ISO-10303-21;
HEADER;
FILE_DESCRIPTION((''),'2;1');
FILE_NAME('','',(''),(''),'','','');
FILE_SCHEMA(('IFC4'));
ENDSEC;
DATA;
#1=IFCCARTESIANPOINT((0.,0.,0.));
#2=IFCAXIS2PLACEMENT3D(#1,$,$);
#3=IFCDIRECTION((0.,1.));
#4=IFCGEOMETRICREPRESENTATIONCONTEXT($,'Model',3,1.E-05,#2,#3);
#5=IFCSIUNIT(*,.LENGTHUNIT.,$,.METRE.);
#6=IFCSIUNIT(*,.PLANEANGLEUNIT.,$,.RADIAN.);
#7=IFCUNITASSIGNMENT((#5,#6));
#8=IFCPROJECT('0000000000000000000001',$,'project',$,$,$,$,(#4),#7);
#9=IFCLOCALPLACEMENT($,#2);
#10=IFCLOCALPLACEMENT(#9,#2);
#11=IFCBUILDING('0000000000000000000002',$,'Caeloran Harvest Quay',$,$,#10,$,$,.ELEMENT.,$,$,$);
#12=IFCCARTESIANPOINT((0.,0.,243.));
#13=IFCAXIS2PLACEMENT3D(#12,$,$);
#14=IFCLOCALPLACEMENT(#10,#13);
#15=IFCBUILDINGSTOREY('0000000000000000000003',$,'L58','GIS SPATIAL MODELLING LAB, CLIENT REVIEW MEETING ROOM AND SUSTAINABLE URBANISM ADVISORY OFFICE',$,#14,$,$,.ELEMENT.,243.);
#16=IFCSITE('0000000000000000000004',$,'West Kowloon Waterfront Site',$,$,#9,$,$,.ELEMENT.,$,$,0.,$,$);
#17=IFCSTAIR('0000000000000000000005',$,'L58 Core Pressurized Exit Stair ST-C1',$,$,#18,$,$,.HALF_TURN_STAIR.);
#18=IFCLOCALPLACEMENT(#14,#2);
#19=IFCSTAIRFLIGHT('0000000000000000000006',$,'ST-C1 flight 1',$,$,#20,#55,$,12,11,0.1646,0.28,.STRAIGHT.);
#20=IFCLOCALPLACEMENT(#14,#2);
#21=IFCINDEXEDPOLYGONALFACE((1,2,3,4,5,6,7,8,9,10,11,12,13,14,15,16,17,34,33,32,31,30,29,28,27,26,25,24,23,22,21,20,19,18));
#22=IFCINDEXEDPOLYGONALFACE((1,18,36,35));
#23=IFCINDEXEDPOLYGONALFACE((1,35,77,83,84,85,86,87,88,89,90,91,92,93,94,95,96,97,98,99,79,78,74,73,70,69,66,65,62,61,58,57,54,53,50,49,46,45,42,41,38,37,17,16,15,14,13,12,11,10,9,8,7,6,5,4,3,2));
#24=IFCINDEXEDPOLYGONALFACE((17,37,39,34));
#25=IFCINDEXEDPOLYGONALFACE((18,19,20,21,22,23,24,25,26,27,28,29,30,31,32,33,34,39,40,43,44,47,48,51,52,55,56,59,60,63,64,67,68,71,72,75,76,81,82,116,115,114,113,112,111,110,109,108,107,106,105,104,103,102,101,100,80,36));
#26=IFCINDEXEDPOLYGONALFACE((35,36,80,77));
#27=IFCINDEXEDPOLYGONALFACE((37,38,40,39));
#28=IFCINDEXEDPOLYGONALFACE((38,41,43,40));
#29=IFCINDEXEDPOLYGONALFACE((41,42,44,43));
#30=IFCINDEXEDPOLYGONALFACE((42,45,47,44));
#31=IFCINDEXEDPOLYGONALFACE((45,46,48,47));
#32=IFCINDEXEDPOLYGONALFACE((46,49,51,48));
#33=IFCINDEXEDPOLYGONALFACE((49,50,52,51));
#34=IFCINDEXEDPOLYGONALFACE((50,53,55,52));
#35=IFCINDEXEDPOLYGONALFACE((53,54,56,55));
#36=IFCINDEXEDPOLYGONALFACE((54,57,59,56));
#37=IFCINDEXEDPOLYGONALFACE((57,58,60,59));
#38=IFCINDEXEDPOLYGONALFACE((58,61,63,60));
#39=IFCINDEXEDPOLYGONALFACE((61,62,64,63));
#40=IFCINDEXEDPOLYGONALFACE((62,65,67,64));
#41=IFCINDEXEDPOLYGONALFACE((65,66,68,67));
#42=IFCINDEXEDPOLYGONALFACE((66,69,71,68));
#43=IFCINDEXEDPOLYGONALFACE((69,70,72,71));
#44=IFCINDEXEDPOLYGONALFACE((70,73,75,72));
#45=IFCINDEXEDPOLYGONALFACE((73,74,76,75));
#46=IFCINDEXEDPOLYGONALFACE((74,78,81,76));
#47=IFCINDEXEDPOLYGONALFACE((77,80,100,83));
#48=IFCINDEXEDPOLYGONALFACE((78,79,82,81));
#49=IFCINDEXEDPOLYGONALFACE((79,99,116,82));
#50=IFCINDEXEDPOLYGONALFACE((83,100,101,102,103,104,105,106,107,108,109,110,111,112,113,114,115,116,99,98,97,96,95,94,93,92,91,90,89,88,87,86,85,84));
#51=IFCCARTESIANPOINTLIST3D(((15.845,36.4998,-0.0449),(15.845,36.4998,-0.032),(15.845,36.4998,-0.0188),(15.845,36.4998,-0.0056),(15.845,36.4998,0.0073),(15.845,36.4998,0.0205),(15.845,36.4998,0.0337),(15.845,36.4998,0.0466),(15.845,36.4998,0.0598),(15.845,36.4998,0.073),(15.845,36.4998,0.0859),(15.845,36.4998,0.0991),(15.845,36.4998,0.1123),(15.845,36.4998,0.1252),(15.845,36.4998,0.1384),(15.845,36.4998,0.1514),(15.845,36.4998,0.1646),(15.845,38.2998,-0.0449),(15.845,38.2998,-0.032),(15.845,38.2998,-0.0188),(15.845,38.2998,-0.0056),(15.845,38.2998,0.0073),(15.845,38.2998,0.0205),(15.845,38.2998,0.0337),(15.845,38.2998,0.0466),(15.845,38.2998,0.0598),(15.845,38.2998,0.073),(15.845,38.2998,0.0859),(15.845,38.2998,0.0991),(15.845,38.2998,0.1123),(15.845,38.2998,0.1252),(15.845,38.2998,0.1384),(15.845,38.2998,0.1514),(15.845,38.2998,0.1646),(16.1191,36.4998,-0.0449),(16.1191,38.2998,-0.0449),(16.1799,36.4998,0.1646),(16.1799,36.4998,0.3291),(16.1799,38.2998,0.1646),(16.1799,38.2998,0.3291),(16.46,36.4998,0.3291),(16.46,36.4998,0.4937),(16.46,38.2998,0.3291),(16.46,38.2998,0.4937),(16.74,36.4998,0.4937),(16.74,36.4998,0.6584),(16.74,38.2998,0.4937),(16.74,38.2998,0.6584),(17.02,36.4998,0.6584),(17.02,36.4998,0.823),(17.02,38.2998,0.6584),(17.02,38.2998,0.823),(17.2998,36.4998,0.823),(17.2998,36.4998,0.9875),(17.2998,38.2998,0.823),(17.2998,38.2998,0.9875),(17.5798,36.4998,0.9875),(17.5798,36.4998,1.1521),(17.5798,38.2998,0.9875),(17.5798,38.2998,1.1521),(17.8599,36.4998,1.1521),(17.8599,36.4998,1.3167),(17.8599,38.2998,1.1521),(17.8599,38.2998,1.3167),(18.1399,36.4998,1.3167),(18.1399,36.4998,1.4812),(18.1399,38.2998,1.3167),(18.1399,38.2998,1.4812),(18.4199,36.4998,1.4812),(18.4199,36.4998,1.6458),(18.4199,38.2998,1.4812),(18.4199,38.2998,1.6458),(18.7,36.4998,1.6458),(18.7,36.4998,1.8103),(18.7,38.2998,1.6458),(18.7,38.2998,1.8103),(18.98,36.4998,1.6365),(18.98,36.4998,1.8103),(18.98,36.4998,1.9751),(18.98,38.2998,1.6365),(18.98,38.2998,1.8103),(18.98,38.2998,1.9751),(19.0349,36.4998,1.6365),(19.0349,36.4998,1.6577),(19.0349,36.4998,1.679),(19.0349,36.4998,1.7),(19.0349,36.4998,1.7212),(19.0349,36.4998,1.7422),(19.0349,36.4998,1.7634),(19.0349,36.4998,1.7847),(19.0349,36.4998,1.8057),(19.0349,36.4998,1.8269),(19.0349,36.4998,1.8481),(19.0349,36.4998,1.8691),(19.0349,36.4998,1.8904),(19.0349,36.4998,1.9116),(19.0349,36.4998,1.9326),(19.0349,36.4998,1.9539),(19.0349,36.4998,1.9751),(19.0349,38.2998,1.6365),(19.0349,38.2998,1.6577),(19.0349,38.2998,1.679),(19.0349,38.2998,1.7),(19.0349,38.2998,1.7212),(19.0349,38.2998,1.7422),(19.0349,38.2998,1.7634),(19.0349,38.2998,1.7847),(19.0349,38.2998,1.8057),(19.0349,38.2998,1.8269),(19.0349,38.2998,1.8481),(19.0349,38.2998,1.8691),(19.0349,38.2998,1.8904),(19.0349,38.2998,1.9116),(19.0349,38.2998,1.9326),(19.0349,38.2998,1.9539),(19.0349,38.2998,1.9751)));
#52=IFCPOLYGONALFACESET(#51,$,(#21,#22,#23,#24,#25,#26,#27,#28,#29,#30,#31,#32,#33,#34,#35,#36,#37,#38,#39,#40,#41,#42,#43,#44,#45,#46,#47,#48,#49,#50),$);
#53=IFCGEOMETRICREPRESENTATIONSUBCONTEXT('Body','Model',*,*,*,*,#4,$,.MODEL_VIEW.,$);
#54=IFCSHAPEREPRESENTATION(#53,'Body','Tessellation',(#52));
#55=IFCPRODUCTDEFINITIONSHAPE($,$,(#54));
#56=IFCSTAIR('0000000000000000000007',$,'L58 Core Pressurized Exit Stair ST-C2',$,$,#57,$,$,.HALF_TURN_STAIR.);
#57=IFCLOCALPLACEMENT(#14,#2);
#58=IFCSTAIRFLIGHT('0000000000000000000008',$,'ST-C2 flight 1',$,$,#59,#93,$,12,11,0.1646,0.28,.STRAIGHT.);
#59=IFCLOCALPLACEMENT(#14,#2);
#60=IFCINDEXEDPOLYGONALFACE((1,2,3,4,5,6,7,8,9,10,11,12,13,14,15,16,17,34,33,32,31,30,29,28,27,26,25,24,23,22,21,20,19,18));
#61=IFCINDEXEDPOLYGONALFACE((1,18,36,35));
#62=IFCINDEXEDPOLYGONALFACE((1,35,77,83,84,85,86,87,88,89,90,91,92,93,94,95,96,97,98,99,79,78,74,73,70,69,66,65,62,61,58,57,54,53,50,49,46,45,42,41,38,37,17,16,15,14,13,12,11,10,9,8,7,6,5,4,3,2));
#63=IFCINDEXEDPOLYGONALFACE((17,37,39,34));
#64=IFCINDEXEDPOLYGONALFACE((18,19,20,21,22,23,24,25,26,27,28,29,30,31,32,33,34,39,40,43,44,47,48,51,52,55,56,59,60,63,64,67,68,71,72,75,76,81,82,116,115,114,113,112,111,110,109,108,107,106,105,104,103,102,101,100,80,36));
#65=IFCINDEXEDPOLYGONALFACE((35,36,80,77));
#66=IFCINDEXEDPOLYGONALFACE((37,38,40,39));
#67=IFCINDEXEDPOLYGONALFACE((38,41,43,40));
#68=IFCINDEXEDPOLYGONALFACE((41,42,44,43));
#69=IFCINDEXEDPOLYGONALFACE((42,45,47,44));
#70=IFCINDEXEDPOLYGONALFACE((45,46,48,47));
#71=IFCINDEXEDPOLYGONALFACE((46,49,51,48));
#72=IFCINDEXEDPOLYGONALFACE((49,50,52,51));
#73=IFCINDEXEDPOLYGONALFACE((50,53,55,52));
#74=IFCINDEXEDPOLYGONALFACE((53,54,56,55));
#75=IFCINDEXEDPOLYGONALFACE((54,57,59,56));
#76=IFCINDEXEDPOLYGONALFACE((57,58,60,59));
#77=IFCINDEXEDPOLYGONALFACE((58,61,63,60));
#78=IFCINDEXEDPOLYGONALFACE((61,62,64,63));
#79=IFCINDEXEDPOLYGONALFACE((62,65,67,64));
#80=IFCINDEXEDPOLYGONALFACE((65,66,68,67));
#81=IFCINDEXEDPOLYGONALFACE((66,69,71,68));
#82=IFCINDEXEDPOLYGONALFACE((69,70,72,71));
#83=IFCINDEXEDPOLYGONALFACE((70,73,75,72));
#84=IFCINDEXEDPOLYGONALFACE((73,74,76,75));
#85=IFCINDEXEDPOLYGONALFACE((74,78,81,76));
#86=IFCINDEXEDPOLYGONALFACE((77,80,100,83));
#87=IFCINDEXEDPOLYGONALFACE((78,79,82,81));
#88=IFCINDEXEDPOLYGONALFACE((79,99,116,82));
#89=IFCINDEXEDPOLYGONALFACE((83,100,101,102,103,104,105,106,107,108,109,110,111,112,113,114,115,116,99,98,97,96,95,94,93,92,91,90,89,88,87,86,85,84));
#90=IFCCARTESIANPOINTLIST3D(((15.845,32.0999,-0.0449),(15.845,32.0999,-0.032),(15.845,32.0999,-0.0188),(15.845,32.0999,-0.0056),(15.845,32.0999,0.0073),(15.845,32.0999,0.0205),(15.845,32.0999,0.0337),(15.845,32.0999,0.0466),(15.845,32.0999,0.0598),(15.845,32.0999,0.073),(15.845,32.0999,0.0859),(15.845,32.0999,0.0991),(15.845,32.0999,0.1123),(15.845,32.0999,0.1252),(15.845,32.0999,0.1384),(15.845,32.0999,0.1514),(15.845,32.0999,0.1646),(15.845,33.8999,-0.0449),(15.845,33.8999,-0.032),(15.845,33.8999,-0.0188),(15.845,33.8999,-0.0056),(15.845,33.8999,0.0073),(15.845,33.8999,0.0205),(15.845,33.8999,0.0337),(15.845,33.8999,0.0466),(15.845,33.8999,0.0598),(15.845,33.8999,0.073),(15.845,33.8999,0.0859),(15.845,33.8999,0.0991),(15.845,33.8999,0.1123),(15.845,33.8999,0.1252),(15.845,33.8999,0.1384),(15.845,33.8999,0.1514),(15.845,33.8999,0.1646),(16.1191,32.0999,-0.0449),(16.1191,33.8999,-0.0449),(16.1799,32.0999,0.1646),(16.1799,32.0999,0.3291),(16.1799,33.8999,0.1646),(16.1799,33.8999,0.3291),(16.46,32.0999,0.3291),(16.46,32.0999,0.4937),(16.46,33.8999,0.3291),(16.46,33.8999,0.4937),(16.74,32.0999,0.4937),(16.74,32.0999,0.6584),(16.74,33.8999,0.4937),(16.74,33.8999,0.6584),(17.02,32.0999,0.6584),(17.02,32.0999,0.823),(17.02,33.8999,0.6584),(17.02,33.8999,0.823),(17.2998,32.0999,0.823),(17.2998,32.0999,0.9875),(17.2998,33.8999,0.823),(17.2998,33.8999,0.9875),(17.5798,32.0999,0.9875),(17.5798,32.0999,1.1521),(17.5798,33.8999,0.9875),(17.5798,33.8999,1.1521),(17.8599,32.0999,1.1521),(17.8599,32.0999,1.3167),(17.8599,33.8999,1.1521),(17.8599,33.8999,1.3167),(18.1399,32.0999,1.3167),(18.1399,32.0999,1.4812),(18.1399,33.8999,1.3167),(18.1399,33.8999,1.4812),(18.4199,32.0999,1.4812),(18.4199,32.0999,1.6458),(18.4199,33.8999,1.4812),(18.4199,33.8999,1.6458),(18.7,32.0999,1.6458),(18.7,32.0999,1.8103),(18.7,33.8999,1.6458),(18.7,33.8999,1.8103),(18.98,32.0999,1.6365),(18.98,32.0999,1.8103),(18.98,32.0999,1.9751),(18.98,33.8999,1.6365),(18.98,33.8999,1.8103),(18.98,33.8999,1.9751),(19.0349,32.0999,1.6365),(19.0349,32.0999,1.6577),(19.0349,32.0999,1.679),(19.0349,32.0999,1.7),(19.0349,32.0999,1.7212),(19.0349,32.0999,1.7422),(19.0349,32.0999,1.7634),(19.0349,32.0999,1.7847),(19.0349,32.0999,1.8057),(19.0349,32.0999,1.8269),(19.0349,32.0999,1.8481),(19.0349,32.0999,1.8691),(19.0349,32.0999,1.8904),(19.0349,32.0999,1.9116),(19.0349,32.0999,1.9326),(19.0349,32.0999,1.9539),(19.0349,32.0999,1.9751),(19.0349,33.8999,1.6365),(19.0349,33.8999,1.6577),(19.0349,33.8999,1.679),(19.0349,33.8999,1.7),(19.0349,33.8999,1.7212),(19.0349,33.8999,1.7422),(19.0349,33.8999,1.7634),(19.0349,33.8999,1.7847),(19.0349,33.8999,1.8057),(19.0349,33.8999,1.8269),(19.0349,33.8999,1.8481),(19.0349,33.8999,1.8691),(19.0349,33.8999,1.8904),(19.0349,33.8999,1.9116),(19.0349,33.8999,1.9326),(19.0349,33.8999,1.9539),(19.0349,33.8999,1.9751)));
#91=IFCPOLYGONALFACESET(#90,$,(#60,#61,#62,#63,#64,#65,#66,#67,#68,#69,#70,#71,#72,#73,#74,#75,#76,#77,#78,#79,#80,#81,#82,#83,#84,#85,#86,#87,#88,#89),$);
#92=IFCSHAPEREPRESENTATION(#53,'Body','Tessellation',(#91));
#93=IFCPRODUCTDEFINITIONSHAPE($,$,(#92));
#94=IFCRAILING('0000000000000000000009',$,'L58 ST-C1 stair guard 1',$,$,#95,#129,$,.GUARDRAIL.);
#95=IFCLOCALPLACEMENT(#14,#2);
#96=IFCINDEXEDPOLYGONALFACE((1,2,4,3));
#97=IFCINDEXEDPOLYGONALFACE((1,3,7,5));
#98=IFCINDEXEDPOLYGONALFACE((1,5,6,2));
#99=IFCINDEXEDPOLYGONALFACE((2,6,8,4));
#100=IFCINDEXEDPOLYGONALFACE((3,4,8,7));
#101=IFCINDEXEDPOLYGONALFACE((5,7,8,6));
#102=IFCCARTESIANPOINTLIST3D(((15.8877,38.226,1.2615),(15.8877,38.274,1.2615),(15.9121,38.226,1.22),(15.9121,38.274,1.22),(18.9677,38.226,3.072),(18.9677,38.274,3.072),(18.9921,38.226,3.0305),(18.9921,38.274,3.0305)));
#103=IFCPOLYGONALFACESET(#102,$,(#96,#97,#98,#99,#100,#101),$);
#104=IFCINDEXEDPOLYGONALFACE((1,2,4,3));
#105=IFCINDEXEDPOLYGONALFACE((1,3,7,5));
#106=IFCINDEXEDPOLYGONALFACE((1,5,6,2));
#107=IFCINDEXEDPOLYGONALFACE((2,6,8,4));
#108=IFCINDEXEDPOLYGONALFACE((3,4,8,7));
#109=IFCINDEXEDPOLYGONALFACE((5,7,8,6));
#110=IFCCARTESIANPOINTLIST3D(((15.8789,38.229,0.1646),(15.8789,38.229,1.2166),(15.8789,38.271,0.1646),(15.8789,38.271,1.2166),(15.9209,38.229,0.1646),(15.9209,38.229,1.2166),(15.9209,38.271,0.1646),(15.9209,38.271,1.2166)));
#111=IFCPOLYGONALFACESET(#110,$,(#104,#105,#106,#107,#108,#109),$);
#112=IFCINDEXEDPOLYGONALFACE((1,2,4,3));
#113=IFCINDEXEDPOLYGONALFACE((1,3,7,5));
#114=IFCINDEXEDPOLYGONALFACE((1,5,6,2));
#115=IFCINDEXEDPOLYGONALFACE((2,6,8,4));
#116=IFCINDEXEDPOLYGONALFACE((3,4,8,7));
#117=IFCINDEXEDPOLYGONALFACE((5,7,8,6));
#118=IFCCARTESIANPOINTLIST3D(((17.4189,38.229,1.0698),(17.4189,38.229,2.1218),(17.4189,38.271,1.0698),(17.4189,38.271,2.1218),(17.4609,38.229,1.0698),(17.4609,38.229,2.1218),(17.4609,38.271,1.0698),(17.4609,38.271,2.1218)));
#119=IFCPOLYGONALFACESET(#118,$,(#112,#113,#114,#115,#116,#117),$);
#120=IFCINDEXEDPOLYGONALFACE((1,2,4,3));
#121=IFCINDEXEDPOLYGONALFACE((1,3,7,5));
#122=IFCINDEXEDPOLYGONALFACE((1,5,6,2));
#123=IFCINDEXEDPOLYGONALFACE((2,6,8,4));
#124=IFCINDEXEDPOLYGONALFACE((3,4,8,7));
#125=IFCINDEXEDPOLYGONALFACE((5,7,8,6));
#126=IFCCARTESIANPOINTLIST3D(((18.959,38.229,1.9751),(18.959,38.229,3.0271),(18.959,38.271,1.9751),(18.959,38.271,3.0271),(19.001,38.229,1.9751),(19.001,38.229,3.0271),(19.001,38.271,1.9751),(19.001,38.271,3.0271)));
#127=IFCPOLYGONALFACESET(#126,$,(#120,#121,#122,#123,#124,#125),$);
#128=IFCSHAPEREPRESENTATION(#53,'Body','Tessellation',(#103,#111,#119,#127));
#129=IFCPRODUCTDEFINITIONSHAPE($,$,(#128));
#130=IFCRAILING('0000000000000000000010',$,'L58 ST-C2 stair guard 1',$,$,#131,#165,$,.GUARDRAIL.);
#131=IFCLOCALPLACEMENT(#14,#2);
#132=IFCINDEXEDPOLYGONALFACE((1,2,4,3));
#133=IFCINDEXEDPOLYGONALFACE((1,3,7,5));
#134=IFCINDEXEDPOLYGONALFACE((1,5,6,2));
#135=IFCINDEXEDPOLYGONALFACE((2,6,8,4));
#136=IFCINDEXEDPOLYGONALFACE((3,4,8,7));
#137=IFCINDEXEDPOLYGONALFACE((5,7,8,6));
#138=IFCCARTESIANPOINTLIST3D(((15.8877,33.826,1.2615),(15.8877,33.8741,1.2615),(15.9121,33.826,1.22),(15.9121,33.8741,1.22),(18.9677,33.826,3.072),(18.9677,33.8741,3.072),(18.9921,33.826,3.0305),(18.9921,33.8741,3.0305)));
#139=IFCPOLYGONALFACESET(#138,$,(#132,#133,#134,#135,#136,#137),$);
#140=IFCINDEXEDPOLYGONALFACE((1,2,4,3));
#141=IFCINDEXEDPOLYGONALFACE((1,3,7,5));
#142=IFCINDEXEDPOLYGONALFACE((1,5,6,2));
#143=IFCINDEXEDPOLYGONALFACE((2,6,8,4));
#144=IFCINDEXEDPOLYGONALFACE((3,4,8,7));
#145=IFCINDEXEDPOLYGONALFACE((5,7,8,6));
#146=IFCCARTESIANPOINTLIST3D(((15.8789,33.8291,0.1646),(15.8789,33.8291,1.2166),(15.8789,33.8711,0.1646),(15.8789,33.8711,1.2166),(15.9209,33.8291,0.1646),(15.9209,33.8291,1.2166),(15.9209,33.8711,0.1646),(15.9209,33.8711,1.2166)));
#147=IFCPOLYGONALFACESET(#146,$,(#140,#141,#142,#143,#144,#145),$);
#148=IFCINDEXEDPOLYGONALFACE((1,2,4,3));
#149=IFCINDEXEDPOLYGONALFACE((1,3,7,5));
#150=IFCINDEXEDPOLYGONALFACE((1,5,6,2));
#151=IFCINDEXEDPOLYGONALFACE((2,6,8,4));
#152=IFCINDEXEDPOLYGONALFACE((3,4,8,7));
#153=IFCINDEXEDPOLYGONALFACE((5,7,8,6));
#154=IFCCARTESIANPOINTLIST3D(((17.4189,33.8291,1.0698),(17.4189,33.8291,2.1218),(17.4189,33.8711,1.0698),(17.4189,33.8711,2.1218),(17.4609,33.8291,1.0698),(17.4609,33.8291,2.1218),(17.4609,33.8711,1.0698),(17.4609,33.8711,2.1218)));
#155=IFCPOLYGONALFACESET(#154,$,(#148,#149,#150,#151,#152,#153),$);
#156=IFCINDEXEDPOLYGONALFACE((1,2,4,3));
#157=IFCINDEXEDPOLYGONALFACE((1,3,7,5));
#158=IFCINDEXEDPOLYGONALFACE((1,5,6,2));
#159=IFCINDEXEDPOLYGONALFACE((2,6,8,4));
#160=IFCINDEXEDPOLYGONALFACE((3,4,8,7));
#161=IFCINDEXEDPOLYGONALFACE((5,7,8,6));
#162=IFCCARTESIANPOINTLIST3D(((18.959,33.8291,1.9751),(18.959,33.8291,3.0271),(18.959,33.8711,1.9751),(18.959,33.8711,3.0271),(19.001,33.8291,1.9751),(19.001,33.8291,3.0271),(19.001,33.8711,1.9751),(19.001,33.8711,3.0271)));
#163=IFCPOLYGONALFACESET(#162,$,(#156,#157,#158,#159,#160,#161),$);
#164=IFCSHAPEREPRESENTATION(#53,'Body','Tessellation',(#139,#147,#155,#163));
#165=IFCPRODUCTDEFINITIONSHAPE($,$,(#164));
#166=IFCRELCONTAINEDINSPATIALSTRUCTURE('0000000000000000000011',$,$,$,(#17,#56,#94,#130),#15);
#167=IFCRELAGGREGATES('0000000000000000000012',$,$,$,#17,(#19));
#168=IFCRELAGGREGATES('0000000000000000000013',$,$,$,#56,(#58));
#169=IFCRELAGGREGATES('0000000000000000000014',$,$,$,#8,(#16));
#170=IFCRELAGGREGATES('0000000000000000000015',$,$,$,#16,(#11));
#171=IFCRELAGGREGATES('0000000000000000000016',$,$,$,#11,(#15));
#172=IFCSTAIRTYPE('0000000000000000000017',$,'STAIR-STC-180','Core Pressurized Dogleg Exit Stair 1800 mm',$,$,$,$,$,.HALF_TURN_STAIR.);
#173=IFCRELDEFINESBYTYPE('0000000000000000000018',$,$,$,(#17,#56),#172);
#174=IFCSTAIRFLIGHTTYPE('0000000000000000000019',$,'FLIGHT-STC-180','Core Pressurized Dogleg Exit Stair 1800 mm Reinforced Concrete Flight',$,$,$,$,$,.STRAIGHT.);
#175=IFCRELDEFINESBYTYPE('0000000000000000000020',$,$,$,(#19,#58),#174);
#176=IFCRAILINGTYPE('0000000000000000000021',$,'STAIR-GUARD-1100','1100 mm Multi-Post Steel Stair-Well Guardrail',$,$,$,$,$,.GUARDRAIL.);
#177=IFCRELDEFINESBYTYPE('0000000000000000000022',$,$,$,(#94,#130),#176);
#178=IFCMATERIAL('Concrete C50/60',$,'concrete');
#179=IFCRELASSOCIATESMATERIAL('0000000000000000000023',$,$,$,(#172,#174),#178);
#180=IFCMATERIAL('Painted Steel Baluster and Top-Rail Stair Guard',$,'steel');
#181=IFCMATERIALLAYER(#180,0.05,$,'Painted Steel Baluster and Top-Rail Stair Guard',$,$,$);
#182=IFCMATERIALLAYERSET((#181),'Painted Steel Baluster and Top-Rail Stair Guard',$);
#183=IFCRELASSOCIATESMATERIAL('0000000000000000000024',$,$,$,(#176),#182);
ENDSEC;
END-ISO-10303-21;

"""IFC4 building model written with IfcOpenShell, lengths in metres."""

from ifc_helpers import new_model, si_unit, direction, frame, origin, origin_2d, place, context, subcontext, project, spatial, polyline, rectangle, outline, extrude, material, layer, layer_set, type_object, element, aggregate, save


model = new_model("IFC4")

# Units and contexts
model_context = context("Model", 3, precision=1e-05, world=origin(), true_north=direction((0.0, 1.0)))
body_context = subcontext(model_context, "Body", "Model", "MODEL_VIEW")
ifc_project = project(units=[si_unit("LENGTHUNIT", "METRE"), si_unit("PLANEANGLEUNIT", "RADIAN")], contexts=[model_context])

# Site, building, storey
site_placement = place(None, origin())
site = spatial("IfcSite", under=ifc_project, at=site_placement, Name="West Kowloon Waterfront Site", CompositionType="ELEMENT", RefElevation=0.0)
building_placement = place(site_placement, origin())
building = spatial("IfcBuilding", under=site, at=building_placement, Name="Caeloran Harvest Quay", CompositionType="ELEMENT")
storey_placement = place(building_placement, frame((0.0, 0.0, 243.0)))
storey = spatial("IfcBuildingStorey", under=building, at=storey_placement, Name="L58", Description="GIS SPATIAL MODELLING LAB, CLIENT REVIEW MEETING ROOM AND SUSTAINABLE URBANISM ADVISORY OFFICE", CompositionType="ELEMENT", Elevation=243.0)

# Shared definitions
ifc_material_1 = material(Name="Concrete C50/60", Category="concrete")

# Stairs, stair flights
stair_type = type_object("IfcStairType", Name="STAIR-STC-180", Description="Core Pressurized Dogleg Exit Stair 1800 mm", PredefinedType="HALF_TURN_STAIR", material=ifc_material_1)
stair_1_placement = place(storey_placement, origin())
stair_1 = element("IfcStair", 1, at=stair_1_placement, inside=storey, type_object=stair_type, Name="L58 Core Pressurized Exit Stair ST-C1", PredefinedType="HALF_TURN_STAIR")
stair_flight_type = type_object("IfcStairFlightType", Name="FLIGHT-STC-180", Description="Core Pressurized Dogleg Exit Stair 1800 mm Reinforced Concrete Flight", PredefinedType="STRAIGHT", material=ifc_material_1)
stair_flight_1_placement = place(storey_placement, frame((15.8999, 37.3999, 0.0), z_axis=(0.0, 0.0, 1.0), x_axis=(1.0, 0.0, 0.0)))
stair_flight_1 = element("IfcStairFlight", 2, at=stair_flight_1_placement, type_object=stair_flight_type, Name="ST-C1 flight 1", NumberOfRisers=12, NumberOfTreads=11, PredefinedType="STRAIGHT", RiserHeight=0.1646, TreadLength=0.28, context=body_context, shape_type="SweptSolid", body=[
    extrude(outline(polyline([(-0.0549, -0.0449), (-0.0549, -0.032), (-0.0549, -0.0188), (-0.0549, -0.0056), (-0.0549, 0.0073), (-0.0549, 0.0205), (-0.0549, 0.0337), (-0.0549, 0.0466), (-0.0549, 0.0598), (-0.0549, 0.073), (-0.0549, 0.0859), (-0.0549, 0.0991), (-0.0549, 0.1123), (-0.0549, 0.1252), (-0.0549, 0.1384), (-0.0549, 0.1514), (-0.0549, 0.1646), (0.28, 0.1646), (0.28, 0.3291), (0.5601, 0.3291), (0.5601, 0.4937), (0.8401, 0.4937), (0.8401, 0.6584), (1.1201, 0.6584), (1.1201, 0.823), (1.3999, 0.823), (1.3999, 0.9875), (1.6799, 0.9875), (1.6799, 1.1521), (1.96, 1.1521), (1.96, 1.3167), (2.24, 1.3167), (2.24, 1.4812), (2.52, 1.4812), (2.52, 1.6458), (2.8, 1.6458), (2.8, 1.8103), (3.0801, 1.8103), (3.0801, 1.9751), (3.135, 1.9751), (3.135, 1.9539), (3.135, 1.9326), (3.135, 1.9116), (3.135, 1.8904), (3.135, 1.8691), (3.135, 1.8481), (3.135, 1.8269), (3.135, 1.8057), (3.135, 1.7847), (3.135, 1.7634), (3.135, 1.7422), (3.135, 1.7212), (3.135, 1.7), (3.135, 1.679), (3.135, 1.6577), (3.135, 1.6365), (3.0801, 1.6365), (0.2192, -0.0449), (-0.0549, -0.0449)])), frame((0.0, 0.8999, 0.0), z_axis=(0.0, -1.0, 0.0), x_axis=(1.0, 0.0, 0.0)), (0.0, 0.0, 1.0), 1.8),
])
aggregate(stair_1, [stair_flight_1])
stair_2_placement = place(storey_placement, origin())
stair_2 = element("IfcStair", 3, at=stair_2_placement, inside=storey, type_object=stair_type, Name="L58 Core Pressurized Exit Stair ST-C2", PredefinedType="HALF_TURN_STAIR")
stair_flight_2_placement = place(storey_placement, frame((15.8999, 33.0, 0.0), z_axis=(0.0, 0.0, 1.0), x_axis=(1.0, 0.0, 0.0)))
stair_flight_2 = element("IfcStairFlight", 4, at=stair_flight_2_placement, type_object=stair_flight_type, Name="ST-C2 flight 1", NumberOfRisers=12, NumberOfTreads=11, PredefinedType="STRAIGHT", RiserHeight=0.1646, TreadLength=0.28, context=body_context, shape_type="SweptSolid", body=[
    extrude(outline(polyline([(-0.0549, -0.0449), (-0.0549, -0.032), (-0.0549, -0.0188), (-0.0549, -0.0056), (-0.0549, 0.0073), (-0.0549, 0.0205), (-0.0549, 0.0337), (-0.0549, 0.0466), (-0.0549, 0.0598), (-0.0549, 0.073), (-0.0549, 0.0859), (-0.0549, 0.0991), (-0.0549, 0.1123), (-0.0549, 0.1252), (-0.0549, 0.1384), (-0.0549, 0.1514), (-0.0549, 0.1646), (0.28, 0.1646), (0.28, 0.3291), (0.5601, 0.3291), (0.5601, 0.4937), (0.8401, 0.4937), (0.8401, 0.6584), (1.1201, 0.6584), (1.1201, 0.823), (1.3999, 0.823), (1.3999, 0.9875), (1.6799, 0.9875), (1.6799, 1.1521), (1.96, 1.1521), (1.96, 1.3167), (2.24, 1.3167), (2.24, 1.4812), (2.52, 1.4812), (2.52, 1.6458), (2.8, 1.6458), (2.8, 1.8103), (3.0801, 1.8103), (3.0801, 1.9751), (3.135, 1.9751), (3.135, 1.9539), (3.135, 1.9326), (3.135, 1.9116), (3.135, 1.8904), (3.135, 1.8691), (3.135, 1.8481), (3.135, 1.8269), (3.135, 1.8057), (3.135, 1.7847), (3.135, 1.7634), (3.135, 1.7422), (3.135, 1.7212), (3.135, 1.7), (3.135, 1.679), (3.135, 1.6577), (3.135, 1.6365), (3.0801, 1.6365), (0.2192, -0.0449), (-0.0549, -0.0449)])), frame((0.0, 0.8999, 0.0), z_axis=(0.0, -1.0, 0.0), x_axis=(1.0, 0.0, 0.0)), (0.0, 0.0, 1.0), 1.8),
])
aggregate(stair_2, [stair_flight_2])

# Railings
ifc_material_2 = material(Name="Painted Steel Baluster and Top-Rail Stair Guard", Category="steel")
ifc_layer_1 = layer(ifc_material_2, 0.05, Name="Painted Steel Baluster and Top-Rail Stair Guard")
ifc_layer_set_1 = layer_set([ifc_layer_1], Name="Painted Steel Baluster and Top-Rail Stair Guard")
railing_type_1 = type_object("IfcRailingType", Name="STAIR-GUARD-1100", Description="1100 mm Multi-Post Steel Stair-Well Guardrail", PredefinedType="GUARDRAIL", material=ifc_layer_set_1)
for number, where, name in (
    (5, (15.8999, 38.25, 0.1646), "L58 ST-C1 stair guard 1"),
    (6, (15.8999, 33.8501, 0.1646), "L58 ST-C2 stair guard 1"),
):
    element("IfcRailing", number, at=place(storey_placement, frame(where)), inside=storey, type_object=railing_type_1, Name=name, PredefinedType="GUARDRAIL", context=body_context, shape_type="SweptSolid", body=[
        extrude(rectangle(XDim=0.0481, YDim=0.0481, at=origin_2d()), frame((0.0, 0.0, 1.0762), z_axis=(0.862089, 0.0, 0.506757), x_axis=(0.0, 1.0, 0.0)), (0.0, 0.0, 1.0), 3.5728),
        extrude(rectangle(XDim=0.042, YDim=0.042, at=origin_2d()), origin(), (0.0, 0.0, 1.0), 1.052),
        extrude(rectangle(XDim=0.042, YDim=0.042, at=origin_2d()), frame((1.54, 0.0, 0.9053)), (0.0, 0.0, 1.0), 1.052),
        extrude(rectangle(XDim=0.042, YDim=0.042, at=origin_2d()), frame((3.0801, 0.0, 1.8105)), (0.0, 0.0, 1.0), 1.052),
    ])

save(model, "model.ifc")
